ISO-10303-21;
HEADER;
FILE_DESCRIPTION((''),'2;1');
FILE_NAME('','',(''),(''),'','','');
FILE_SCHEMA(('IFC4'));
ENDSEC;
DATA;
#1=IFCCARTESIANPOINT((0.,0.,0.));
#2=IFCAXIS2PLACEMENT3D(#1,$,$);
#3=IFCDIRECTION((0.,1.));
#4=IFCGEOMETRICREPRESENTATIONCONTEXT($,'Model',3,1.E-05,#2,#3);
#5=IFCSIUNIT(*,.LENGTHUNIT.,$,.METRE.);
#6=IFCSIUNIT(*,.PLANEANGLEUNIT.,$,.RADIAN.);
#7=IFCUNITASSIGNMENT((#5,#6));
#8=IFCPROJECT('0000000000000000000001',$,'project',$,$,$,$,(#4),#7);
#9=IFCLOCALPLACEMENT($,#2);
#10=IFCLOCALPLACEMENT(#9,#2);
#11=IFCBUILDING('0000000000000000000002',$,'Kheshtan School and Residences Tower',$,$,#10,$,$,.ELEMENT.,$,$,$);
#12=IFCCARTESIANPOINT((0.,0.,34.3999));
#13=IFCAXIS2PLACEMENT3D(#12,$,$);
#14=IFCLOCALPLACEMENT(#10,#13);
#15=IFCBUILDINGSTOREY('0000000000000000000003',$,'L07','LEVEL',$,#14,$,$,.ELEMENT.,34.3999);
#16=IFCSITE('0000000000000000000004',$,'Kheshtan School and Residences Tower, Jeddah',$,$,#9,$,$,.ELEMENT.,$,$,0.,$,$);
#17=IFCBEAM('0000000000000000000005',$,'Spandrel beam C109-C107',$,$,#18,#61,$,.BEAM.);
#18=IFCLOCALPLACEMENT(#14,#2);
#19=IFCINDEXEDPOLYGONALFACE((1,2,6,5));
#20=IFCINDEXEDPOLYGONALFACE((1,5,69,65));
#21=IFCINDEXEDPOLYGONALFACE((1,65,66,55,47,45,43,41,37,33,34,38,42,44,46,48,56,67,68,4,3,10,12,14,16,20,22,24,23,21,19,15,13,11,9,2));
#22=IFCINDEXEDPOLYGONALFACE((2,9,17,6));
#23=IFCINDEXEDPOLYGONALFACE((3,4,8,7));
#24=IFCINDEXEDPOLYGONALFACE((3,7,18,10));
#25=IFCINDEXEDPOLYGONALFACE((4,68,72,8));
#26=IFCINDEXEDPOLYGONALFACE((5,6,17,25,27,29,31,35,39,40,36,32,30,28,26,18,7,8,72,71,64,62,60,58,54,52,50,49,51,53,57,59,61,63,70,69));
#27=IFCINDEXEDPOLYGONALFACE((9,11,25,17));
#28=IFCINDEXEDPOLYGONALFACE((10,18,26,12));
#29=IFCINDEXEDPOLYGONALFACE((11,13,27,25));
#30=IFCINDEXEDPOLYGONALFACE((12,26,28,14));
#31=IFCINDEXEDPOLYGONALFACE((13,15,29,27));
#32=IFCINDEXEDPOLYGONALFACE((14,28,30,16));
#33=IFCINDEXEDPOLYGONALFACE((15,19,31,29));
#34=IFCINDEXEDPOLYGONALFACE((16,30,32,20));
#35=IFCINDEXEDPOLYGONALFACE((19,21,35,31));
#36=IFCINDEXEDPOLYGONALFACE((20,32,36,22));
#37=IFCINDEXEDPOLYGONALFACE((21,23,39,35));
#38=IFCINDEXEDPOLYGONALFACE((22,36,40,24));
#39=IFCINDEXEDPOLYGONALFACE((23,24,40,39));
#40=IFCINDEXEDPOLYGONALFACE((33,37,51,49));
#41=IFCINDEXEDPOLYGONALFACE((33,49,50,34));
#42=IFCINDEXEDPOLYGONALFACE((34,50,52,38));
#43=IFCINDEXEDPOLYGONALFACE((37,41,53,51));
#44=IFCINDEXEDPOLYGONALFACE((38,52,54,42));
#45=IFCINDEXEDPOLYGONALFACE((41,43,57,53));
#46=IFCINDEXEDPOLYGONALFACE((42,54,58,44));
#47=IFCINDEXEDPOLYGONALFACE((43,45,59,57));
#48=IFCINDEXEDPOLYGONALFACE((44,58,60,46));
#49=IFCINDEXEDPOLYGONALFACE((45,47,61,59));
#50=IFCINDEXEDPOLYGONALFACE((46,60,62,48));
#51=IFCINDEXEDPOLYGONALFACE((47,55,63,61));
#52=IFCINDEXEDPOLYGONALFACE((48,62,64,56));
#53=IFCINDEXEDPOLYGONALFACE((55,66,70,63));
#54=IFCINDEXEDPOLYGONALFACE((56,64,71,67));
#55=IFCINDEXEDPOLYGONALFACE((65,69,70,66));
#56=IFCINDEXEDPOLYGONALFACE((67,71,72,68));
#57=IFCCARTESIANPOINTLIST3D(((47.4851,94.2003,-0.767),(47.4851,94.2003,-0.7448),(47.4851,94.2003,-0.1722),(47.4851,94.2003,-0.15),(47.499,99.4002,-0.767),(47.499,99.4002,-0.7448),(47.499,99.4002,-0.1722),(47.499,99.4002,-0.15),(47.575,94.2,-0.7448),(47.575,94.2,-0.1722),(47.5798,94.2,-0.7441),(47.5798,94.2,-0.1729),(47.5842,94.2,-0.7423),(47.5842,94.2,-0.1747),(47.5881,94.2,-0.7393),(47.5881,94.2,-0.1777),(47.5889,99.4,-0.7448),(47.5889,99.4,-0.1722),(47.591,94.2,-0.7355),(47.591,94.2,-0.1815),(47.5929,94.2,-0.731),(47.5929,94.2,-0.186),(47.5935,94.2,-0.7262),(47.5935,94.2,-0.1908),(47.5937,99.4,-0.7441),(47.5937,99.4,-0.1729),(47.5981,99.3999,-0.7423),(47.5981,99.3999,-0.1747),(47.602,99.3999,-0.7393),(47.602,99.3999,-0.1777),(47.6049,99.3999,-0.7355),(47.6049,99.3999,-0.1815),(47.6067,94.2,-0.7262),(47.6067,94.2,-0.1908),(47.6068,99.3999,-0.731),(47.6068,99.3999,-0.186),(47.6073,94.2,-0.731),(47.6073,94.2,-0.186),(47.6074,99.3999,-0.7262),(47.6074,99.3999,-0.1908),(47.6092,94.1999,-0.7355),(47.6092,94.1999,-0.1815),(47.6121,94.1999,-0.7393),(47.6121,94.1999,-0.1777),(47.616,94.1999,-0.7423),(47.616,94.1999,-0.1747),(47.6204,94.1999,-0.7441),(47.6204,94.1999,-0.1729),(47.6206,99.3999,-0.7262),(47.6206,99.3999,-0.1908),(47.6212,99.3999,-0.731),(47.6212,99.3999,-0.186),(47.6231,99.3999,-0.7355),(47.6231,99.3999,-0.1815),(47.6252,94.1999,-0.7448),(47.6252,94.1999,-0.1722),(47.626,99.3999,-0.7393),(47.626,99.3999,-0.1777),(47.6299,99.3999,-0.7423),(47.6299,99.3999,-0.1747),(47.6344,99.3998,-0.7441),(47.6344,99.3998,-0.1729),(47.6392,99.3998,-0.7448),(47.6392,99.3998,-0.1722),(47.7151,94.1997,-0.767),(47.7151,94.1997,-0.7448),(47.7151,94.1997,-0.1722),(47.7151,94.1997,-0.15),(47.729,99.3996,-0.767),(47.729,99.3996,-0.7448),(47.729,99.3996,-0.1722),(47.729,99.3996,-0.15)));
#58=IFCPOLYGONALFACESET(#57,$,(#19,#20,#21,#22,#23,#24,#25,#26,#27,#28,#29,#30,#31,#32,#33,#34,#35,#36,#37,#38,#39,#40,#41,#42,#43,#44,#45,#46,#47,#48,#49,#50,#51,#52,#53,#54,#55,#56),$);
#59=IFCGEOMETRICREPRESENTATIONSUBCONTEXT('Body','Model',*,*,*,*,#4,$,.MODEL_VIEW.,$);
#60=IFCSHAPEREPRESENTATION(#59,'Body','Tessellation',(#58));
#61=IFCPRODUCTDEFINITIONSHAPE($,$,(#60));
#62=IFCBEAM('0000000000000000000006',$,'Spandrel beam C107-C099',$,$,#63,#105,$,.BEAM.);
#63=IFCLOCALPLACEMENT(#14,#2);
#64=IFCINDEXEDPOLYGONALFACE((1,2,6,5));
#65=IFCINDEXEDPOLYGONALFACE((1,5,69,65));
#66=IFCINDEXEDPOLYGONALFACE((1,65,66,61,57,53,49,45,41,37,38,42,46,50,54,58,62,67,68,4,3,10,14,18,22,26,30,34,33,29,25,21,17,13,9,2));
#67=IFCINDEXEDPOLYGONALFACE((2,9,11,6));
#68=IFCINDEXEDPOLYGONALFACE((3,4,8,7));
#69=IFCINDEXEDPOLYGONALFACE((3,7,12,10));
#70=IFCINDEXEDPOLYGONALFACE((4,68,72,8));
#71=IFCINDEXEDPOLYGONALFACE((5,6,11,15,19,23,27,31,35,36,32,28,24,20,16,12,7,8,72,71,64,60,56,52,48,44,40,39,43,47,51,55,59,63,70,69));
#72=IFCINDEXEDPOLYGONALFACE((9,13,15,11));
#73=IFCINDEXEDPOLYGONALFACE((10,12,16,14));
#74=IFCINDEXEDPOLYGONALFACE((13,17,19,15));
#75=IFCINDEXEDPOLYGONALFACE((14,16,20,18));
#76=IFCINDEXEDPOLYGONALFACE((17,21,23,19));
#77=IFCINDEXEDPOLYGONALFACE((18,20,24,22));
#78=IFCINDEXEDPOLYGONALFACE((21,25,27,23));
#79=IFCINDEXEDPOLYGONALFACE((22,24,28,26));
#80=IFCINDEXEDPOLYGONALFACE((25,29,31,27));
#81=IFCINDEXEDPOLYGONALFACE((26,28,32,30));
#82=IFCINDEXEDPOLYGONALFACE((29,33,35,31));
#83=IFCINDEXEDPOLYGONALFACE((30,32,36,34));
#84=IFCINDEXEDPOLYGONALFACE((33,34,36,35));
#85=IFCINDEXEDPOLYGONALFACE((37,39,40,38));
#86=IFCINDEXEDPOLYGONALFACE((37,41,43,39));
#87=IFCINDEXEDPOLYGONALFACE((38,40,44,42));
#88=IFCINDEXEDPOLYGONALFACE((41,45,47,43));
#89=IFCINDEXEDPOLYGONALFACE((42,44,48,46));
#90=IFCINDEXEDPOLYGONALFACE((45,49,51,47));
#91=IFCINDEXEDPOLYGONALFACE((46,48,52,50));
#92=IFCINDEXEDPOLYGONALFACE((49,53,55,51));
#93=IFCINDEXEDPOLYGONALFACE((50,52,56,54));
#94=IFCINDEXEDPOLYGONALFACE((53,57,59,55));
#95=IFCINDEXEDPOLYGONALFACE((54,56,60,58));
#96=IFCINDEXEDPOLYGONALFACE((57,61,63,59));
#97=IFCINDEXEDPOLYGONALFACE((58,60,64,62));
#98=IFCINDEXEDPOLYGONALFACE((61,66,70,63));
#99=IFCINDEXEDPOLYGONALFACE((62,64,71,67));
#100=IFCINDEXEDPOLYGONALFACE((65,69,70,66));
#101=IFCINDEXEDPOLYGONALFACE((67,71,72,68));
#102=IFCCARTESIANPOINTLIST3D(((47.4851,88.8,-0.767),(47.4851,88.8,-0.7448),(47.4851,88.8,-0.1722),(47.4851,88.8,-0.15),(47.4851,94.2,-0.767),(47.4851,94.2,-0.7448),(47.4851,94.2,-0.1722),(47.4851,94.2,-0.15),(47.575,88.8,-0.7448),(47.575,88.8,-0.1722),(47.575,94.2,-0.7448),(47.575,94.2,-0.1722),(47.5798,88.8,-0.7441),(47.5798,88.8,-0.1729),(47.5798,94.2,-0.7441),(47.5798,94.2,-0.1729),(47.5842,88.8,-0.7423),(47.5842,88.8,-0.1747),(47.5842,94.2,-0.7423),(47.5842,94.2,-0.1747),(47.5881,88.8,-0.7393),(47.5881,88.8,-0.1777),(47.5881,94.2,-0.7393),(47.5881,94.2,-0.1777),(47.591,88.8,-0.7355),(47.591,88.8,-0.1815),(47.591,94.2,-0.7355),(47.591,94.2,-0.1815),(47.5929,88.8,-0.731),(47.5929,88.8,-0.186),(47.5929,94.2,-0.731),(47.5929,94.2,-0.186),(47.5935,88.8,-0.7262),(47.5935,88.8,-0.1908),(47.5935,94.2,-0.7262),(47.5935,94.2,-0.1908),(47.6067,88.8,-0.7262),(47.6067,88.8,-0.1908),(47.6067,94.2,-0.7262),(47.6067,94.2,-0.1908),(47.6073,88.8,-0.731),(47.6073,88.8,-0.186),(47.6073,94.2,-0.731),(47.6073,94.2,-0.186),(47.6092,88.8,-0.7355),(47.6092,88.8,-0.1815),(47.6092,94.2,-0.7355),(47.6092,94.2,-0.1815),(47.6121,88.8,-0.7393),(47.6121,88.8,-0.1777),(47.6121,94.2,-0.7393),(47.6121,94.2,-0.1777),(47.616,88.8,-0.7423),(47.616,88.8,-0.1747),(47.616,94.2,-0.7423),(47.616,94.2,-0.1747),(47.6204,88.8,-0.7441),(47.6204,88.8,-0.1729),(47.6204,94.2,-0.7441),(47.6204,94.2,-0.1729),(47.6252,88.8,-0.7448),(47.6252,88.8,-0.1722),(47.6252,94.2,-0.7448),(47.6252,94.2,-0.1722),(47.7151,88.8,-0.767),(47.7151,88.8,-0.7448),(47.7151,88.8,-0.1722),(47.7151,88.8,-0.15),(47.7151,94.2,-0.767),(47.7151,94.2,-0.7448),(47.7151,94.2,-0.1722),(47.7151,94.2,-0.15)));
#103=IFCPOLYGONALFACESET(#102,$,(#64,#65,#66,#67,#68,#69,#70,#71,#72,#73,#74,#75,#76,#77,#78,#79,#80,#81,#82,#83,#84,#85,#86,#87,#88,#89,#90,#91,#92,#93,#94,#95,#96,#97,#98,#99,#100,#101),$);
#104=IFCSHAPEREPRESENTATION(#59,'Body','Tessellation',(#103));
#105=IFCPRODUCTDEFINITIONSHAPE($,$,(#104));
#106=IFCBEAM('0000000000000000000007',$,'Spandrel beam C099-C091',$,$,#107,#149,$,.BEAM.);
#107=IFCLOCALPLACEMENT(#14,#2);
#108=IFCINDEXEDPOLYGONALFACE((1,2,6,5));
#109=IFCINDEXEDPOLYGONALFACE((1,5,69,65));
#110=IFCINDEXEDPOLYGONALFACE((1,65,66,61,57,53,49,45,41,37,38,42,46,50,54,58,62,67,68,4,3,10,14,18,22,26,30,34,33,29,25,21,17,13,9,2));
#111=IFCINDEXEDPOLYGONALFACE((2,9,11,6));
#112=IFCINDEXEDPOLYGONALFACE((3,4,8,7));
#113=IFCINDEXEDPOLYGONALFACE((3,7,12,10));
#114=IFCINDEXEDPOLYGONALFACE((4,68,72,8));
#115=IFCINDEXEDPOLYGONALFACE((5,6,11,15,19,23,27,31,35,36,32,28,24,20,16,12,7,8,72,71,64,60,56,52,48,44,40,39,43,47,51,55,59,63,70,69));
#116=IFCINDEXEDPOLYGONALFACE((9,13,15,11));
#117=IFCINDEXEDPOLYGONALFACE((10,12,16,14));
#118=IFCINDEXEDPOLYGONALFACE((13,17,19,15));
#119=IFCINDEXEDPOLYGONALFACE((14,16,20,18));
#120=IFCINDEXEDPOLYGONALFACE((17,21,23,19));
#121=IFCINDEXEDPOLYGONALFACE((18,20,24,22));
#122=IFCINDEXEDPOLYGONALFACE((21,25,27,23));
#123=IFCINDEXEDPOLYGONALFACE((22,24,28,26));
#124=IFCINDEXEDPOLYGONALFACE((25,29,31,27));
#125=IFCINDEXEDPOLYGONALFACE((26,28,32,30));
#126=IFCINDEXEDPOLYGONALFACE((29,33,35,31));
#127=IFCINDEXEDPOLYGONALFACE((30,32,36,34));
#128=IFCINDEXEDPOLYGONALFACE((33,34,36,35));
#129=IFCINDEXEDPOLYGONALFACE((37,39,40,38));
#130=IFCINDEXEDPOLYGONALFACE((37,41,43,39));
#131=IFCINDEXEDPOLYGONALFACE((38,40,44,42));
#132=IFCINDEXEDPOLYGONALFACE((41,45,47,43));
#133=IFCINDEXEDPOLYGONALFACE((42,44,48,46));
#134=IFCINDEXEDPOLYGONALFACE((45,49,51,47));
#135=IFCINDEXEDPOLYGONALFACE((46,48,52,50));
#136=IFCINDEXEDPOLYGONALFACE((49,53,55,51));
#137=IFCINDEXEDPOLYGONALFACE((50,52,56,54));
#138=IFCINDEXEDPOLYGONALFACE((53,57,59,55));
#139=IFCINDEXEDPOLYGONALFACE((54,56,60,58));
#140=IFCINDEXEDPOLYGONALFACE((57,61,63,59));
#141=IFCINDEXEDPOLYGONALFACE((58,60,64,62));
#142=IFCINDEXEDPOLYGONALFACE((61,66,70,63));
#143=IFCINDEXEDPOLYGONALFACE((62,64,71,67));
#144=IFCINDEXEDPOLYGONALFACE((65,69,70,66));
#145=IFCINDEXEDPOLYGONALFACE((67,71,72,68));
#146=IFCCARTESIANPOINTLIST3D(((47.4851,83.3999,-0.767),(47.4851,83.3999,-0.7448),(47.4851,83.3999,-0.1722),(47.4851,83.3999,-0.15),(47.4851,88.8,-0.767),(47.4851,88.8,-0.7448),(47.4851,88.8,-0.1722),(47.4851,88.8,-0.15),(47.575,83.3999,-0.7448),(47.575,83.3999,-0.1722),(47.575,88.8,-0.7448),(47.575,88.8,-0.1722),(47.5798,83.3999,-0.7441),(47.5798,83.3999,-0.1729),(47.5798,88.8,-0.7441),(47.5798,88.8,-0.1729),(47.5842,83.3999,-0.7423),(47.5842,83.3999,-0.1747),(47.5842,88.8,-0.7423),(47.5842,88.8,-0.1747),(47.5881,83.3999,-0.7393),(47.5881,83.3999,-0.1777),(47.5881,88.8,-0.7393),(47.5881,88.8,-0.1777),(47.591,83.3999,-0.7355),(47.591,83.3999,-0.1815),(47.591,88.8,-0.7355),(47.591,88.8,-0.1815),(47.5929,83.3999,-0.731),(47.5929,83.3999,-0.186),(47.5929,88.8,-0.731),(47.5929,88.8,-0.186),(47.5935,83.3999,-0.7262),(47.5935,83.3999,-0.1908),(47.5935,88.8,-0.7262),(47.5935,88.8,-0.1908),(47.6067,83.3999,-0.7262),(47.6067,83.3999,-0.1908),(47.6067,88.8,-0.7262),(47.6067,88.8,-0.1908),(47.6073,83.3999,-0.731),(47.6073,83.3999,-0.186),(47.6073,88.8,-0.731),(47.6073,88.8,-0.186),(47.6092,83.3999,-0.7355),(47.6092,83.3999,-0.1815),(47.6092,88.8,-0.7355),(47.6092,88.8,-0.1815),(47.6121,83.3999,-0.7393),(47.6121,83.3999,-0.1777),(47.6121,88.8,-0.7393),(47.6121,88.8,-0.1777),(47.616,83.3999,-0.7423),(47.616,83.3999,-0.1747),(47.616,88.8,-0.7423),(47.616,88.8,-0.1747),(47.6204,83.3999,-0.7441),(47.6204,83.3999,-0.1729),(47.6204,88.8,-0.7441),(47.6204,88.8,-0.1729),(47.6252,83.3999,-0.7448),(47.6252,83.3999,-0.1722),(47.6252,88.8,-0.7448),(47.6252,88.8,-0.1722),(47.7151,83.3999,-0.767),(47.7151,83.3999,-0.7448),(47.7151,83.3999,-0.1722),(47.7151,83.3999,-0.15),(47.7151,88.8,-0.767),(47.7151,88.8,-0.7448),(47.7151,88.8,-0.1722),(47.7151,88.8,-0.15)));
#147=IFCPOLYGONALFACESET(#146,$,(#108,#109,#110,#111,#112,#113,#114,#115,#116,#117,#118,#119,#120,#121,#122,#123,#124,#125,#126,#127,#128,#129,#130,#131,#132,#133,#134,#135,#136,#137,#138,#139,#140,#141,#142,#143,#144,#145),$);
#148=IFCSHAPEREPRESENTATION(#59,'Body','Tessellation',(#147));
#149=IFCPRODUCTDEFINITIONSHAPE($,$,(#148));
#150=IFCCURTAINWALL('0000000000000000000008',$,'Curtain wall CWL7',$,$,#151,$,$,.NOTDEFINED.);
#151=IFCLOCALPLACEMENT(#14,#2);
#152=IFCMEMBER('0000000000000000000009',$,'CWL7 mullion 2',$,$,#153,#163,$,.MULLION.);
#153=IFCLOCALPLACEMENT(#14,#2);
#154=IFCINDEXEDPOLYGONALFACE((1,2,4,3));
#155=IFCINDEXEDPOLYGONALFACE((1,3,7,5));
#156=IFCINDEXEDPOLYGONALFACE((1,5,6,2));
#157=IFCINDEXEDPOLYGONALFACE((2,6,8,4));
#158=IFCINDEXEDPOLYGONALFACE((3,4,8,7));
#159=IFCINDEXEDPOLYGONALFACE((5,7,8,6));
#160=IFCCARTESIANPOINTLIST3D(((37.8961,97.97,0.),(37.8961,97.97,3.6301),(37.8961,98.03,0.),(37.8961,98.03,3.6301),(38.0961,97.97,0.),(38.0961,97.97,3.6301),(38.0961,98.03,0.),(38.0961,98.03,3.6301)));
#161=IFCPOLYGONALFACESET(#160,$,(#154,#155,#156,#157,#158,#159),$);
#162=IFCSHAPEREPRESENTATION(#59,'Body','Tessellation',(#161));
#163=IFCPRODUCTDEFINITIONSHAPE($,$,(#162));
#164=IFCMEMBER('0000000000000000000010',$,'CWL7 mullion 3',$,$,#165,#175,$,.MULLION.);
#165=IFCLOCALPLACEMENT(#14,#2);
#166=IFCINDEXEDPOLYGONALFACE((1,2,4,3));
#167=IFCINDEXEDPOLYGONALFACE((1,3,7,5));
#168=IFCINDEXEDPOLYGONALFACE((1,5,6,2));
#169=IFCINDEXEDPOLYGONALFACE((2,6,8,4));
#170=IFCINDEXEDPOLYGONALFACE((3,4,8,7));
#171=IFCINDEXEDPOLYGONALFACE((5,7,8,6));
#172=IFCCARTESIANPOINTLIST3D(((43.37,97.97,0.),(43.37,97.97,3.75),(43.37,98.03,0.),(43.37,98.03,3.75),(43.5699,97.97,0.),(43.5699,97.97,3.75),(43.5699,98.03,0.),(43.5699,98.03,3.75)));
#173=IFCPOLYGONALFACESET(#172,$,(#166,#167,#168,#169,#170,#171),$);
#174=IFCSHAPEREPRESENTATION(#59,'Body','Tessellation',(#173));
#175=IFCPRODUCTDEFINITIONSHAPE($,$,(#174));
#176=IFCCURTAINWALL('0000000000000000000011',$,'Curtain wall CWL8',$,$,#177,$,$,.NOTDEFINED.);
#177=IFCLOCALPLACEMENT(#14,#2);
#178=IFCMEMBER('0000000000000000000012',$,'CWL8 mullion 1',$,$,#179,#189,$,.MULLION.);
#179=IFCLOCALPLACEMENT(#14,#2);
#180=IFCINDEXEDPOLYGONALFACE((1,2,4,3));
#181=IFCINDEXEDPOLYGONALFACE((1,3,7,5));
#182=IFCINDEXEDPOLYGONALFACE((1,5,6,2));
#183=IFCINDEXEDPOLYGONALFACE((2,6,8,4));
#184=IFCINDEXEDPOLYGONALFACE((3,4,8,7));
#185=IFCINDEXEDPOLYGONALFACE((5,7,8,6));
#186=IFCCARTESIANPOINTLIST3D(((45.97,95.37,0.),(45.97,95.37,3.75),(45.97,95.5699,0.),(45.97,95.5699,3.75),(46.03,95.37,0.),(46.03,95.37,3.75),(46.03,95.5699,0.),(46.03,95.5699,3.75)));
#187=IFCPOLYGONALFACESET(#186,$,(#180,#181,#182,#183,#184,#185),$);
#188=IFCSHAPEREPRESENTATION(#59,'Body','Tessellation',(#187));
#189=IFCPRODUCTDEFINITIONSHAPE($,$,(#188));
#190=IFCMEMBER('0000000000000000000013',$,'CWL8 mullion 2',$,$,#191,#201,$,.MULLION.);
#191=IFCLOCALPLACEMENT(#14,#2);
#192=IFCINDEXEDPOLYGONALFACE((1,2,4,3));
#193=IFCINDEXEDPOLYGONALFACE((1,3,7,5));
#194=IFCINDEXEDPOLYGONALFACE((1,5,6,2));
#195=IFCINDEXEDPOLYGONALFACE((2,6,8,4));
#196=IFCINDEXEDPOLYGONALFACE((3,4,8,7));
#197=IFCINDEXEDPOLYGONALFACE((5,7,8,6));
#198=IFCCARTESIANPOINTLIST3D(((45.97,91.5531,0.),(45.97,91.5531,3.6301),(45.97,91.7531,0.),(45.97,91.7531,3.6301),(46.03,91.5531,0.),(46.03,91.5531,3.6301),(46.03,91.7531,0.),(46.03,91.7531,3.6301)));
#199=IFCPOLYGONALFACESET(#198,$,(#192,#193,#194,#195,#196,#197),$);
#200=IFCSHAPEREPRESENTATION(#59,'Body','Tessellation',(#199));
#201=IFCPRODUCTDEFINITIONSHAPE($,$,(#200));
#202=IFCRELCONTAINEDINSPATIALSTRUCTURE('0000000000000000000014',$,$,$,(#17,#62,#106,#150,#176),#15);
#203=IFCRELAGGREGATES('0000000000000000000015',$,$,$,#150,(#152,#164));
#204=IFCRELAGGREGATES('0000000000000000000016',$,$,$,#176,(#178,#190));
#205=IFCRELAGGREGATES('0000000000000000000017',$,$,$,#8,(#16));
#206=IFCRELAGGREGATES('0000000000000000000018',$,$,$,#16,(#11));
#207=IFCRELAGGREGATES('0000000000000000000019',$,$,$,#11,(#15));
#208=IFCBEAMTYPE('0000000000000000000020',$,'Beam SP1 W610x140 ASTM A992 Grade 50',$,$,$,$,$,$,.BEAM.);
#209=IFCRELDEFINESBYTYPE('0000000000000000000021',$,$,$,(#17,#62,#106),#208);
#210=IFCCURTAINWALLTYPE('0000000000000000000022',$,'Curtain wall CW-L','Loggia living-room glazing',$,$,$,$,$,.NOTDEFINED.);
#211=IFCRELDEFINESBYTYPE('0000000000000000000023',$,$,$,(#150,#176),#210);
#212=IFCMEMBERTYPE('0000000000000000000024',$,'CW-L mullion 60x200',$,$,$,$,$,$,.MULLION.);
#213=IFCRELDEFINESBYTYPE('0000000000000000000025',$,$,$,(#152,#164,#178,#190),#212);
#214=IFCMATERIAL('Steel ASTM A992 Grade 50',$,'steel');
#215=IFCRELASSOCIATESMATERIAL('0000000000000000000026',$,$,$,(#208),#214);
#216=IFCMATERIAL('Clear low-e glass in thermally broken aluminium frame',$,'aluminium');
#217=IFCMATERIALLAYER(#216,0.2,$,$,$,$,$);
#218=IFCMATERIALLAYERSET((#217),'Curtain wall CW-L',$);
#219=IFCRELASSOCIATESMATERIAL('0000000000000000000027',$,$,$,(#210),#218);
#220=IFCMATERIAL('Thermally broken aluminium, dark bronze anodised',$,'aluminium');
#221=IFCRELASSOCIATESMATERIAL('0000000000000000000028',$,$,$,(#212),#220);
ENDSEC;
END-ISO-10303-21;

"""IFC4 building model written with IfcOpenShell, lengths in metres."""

from ifc_helpers import new_model, si_unit, direction, frame, origin, origin_2d, place, context, subcontext, project, spatial, rectangle, i_section, extrude, material, layer, layer_set, material_profile, profile_set, type_object, element, aggregate, save


model = new_model("IFC4")

# Units and contexts
model_context = context("Model", 3, precision=1e-05, world=origin(), true_north=direction((0.0, 1.0)))
body_context = subcontext(model_context, "Body", "Model", "MODEL_VIEW")
ifc_project = project(units=[si_unit("LENGTHUNIT", "METRE"), si_unit("PLANEANGLEUNIT", "RADIAN")], contexts=[model_context])

# Site, building, storey
site_placement = place(None, origin())
site = spatial("IfcSite", under=ifc_project, at=site_placement, Name="Kheshtan School and Residences Tower, Jeddah", CompositionType="ELEMENT", RefElevation=0.0)
building_placement = place(site_placement, origin())
building = spatial("IfcBuilding", under=site, at=building_placement, Name="Kheshtan School and Residences Tower", CompositionType="ELEMENT")
storey_placement = place(building_placement, frame((0.0, 0.0, 34.3999)))
storey = spatial("IfcBuildingStorey", under=building, at=storey_placement, Name="L07", Description="LEVEL", CompositionType="ELEMENT", Elevation=34.3999)

# Shared definitions
ifc_material_1 = material(Name="Steel ASTM A992 Grade 50", Category="steel")

# Beams
ifc_material_profile_1 = material_profile(ifc_material_1, i_section(OverallWidth=0.23, OverallDepth=0.6169, WebThickness=0.0132, FlangeThickness=0.0222, FilletRadius=0.0186, at=origin_2d()), Name="W610x140")
ifc_profile_set_1 = profile_set([ifc_material_profile_1], Name="Steel ASTM A992 Grade 50")
beam_type_1 = type_object("IfcBeamType", Name="Beam SP1 W610x140 ASTM A992 Grade 50", PredefinedType="BEAM", material=ifc_profile_set_1)
beam_1_placement = place(storey_placement, frame((47.614, 99.3999, -0.4585), z_axis=(-0.002676, -0.999996, 0.0), x_axis=(0.999996, -0.002676, 0.0)))
element("IfcBeam", 1, at=beam_1_placement, inside=storey, type_object=beam_type_1, Name="Spandrel beam C109-C107", PredefinedType="BEAM", context=body_context, shape_type="SweptSolid", body=[
    extrude(i_section(OverallWidth=0.23, OverallDepth=0.6169, WebThickness=0.0132, FlangeThickness=0.0222, FilletRadius=0.0186, at=origin_2d()), origin(), (0.0, 0.0, 1.0), 5.2),
])
beam_2_placement = place(storey_placement, frame((47.6001, 94.2, -0.4585), z_axis=(0.0, -1.0, 0.0), x_axis=(1.0, 0.0, 0.0)))
element("IfcBeam", 2, at=beam_2_placement, inside=storey, type_object=beam_type_1, Name="Spandrel beam C107-C099", PredefinedType="BEAM", context=body_context, shape_type="SweptSolid", body=[
    extrude(i_section(OverallWidth=0.23, OverallDepth=0.6169, WebThickness=0.0132, FlangeThickness=0.0222, FilletRadius=0.0186, at=origin_2d()), origin(), (0.0, 0.0, 1.0), 5.3999),
])
beam_3_placement = place(storey_placement, frame((47.6001, 88.8, -0.4585), z_axis=(0.0, -1.0, 0.0), x_axis=(1.0, 0.0, 0.0)))
element("IfcBeam", 3, at=beam_3_placement, inside=storey, type_object=beam_type_1, Name="Spandrel beam C099-C091", PredefinedType="BEAM", context=body_context, shape_type="SweptSolid", body=[
    extrude(i_section(OverallWidth=0.23, OverallDepth=0.6169, WebThickness=0.0132, FlangeThickness=0.0222, FilletRadius=0.0186, at=origin_2d()), origin(), (0.0, 0.0, 1.0), 5.4001),
])

# Curtain walls, members
ifc_material_2 = material(Name="Clear low-e glass in thermally broken aluminium frame", Category="aluminium")
ifc_layer_1 = layer(ifc_material_2, 0.2)
ifc_layer_set_1 = layer_set([ifc_layer_1], Name="Curtain wall CW-L")
curtain_wall_type = type_object("IfcCurtainWallType", Name="Curtain wall CW-L", Description="Loggia living-room glazing", PredefinedType="NOTDEFINED", material=ifc_layer_set_1)
curtain_wall_1_placement = place(storey_placement, origin())
curtain_wall_1 = element("IfcCurtainWall", 4, at=curtain_wall_1_placement, inside=storey, type_object=curtain_wall_type, Name="Curtain wall CWL7", PredefinedType="NOTDEFINED")
ifc_material_3 = material(Name="Thermally broken aluminium, dark bronze anodised", Category="aluminium")
ifc_material_profile_2 = material_profile(ifc_material_3, rectangle(XDim=0.0601, YDim=0.2, at=origin_2d()), Name="CW-L mullion 60x200")
ifc_profile_set_2 = profile_set([ifc_material_profile_2], Name="Thermally broken aluminium, dark bronze anodised")
member_type_1 = type_object("IfcMemberType", Name="CW-L mullion 60x200", PredefinedType="MULLION", material=ifc_profile_set_2)
member_1_placement = place(storey_placement, frame((37.9961, 98.0, 0.0), z_axis=(0.0, 0.0, 1.0), x_axis=(0.0, 1.0, 0.0)))
member_1 = element("IfcMember", 5, at=member_1_placement, type_object=member_type_1, Name="CWL7 mullion 2", PredefinedType="MULLION", context=body_context, shape_type="SweptSolid", body=[
    extrude(rectangle(XDim=0.0601, YDim=0.2, at=origin_2d()), origin(), (0.0, 0.0, 1.0), 3.6301),
])
member_2_placement = place(storey_placement, frame((43.47, 98.0, 0.0), z_axis=(0.0, 0.0, 1.0), x_axis=(0.0, 1.0, 0.0)))
member_2 = element("IfcMember", 6, at=member_2_placement, type_object=member_type_1, Name="CWL7 mullion 3", PredefinedType="MULLION", context=body_context, shape_type="SweptSolid", body=[
    extrude(rectangle(XDim=0.0601, YDim=0.2, at=origin_2d()), origin(), (0.0, 0.0, 1.0), 3.75),
])
curtain_wall_2_placement = place(storey_placement, origin())
curtain_wall_2 = element("IfcCurtainWall", 7, at=curtain_wall_2_placement, inside=storey, type_object=curtain_wall_type, Name="Curtain wall CWL8", PredefinedType="NOTDEFINED")
member_3_placement = place(storey_placement, frame((46.0, 95.47, 0.0), z_axis=(0.0, 0.0, 1.0), x_axis=(1.0, 0.0, 0.0)))
member_3 = element("IfcMember", 8, at=member_3_placement, type_object=member_type_1, Name="CWL8 mullion 1", PredefinedType="MULLION", context=body_context, shape_type="SweptSolid", body=[
    extrude(rectangle(XDim=0.0601, YDim=0.2, at=origin_2d()), origin(), (0.0, 0.0, 1.0), 3.75),
])
member_4_placement = place(storey_placement, frame((46.0, 91.6531, 0.0), z_axis=(0.0, 0.0, 1.0), x_axis=(1.0, 0.0, 0.0)))
member_4 = element("IfcMember", 9, at=member_4_placement, type_object=member_type_1, Name="CWL8 mullion 2", PredefinedType="MULLION", context=body_context, shape_type="SweptSolid", body=[
    extrude(rectangle(XDim=0.0601, YDim=0.2, at=origin_2d()), origin(), (0.0, 0.0, 1.0), 3.6301),
])

aggregate(curtain_wall_1, [member_1, member_2])
aggregate(curtain_wall_2, [member_3, member_4])

save(model, "model.ifc")
